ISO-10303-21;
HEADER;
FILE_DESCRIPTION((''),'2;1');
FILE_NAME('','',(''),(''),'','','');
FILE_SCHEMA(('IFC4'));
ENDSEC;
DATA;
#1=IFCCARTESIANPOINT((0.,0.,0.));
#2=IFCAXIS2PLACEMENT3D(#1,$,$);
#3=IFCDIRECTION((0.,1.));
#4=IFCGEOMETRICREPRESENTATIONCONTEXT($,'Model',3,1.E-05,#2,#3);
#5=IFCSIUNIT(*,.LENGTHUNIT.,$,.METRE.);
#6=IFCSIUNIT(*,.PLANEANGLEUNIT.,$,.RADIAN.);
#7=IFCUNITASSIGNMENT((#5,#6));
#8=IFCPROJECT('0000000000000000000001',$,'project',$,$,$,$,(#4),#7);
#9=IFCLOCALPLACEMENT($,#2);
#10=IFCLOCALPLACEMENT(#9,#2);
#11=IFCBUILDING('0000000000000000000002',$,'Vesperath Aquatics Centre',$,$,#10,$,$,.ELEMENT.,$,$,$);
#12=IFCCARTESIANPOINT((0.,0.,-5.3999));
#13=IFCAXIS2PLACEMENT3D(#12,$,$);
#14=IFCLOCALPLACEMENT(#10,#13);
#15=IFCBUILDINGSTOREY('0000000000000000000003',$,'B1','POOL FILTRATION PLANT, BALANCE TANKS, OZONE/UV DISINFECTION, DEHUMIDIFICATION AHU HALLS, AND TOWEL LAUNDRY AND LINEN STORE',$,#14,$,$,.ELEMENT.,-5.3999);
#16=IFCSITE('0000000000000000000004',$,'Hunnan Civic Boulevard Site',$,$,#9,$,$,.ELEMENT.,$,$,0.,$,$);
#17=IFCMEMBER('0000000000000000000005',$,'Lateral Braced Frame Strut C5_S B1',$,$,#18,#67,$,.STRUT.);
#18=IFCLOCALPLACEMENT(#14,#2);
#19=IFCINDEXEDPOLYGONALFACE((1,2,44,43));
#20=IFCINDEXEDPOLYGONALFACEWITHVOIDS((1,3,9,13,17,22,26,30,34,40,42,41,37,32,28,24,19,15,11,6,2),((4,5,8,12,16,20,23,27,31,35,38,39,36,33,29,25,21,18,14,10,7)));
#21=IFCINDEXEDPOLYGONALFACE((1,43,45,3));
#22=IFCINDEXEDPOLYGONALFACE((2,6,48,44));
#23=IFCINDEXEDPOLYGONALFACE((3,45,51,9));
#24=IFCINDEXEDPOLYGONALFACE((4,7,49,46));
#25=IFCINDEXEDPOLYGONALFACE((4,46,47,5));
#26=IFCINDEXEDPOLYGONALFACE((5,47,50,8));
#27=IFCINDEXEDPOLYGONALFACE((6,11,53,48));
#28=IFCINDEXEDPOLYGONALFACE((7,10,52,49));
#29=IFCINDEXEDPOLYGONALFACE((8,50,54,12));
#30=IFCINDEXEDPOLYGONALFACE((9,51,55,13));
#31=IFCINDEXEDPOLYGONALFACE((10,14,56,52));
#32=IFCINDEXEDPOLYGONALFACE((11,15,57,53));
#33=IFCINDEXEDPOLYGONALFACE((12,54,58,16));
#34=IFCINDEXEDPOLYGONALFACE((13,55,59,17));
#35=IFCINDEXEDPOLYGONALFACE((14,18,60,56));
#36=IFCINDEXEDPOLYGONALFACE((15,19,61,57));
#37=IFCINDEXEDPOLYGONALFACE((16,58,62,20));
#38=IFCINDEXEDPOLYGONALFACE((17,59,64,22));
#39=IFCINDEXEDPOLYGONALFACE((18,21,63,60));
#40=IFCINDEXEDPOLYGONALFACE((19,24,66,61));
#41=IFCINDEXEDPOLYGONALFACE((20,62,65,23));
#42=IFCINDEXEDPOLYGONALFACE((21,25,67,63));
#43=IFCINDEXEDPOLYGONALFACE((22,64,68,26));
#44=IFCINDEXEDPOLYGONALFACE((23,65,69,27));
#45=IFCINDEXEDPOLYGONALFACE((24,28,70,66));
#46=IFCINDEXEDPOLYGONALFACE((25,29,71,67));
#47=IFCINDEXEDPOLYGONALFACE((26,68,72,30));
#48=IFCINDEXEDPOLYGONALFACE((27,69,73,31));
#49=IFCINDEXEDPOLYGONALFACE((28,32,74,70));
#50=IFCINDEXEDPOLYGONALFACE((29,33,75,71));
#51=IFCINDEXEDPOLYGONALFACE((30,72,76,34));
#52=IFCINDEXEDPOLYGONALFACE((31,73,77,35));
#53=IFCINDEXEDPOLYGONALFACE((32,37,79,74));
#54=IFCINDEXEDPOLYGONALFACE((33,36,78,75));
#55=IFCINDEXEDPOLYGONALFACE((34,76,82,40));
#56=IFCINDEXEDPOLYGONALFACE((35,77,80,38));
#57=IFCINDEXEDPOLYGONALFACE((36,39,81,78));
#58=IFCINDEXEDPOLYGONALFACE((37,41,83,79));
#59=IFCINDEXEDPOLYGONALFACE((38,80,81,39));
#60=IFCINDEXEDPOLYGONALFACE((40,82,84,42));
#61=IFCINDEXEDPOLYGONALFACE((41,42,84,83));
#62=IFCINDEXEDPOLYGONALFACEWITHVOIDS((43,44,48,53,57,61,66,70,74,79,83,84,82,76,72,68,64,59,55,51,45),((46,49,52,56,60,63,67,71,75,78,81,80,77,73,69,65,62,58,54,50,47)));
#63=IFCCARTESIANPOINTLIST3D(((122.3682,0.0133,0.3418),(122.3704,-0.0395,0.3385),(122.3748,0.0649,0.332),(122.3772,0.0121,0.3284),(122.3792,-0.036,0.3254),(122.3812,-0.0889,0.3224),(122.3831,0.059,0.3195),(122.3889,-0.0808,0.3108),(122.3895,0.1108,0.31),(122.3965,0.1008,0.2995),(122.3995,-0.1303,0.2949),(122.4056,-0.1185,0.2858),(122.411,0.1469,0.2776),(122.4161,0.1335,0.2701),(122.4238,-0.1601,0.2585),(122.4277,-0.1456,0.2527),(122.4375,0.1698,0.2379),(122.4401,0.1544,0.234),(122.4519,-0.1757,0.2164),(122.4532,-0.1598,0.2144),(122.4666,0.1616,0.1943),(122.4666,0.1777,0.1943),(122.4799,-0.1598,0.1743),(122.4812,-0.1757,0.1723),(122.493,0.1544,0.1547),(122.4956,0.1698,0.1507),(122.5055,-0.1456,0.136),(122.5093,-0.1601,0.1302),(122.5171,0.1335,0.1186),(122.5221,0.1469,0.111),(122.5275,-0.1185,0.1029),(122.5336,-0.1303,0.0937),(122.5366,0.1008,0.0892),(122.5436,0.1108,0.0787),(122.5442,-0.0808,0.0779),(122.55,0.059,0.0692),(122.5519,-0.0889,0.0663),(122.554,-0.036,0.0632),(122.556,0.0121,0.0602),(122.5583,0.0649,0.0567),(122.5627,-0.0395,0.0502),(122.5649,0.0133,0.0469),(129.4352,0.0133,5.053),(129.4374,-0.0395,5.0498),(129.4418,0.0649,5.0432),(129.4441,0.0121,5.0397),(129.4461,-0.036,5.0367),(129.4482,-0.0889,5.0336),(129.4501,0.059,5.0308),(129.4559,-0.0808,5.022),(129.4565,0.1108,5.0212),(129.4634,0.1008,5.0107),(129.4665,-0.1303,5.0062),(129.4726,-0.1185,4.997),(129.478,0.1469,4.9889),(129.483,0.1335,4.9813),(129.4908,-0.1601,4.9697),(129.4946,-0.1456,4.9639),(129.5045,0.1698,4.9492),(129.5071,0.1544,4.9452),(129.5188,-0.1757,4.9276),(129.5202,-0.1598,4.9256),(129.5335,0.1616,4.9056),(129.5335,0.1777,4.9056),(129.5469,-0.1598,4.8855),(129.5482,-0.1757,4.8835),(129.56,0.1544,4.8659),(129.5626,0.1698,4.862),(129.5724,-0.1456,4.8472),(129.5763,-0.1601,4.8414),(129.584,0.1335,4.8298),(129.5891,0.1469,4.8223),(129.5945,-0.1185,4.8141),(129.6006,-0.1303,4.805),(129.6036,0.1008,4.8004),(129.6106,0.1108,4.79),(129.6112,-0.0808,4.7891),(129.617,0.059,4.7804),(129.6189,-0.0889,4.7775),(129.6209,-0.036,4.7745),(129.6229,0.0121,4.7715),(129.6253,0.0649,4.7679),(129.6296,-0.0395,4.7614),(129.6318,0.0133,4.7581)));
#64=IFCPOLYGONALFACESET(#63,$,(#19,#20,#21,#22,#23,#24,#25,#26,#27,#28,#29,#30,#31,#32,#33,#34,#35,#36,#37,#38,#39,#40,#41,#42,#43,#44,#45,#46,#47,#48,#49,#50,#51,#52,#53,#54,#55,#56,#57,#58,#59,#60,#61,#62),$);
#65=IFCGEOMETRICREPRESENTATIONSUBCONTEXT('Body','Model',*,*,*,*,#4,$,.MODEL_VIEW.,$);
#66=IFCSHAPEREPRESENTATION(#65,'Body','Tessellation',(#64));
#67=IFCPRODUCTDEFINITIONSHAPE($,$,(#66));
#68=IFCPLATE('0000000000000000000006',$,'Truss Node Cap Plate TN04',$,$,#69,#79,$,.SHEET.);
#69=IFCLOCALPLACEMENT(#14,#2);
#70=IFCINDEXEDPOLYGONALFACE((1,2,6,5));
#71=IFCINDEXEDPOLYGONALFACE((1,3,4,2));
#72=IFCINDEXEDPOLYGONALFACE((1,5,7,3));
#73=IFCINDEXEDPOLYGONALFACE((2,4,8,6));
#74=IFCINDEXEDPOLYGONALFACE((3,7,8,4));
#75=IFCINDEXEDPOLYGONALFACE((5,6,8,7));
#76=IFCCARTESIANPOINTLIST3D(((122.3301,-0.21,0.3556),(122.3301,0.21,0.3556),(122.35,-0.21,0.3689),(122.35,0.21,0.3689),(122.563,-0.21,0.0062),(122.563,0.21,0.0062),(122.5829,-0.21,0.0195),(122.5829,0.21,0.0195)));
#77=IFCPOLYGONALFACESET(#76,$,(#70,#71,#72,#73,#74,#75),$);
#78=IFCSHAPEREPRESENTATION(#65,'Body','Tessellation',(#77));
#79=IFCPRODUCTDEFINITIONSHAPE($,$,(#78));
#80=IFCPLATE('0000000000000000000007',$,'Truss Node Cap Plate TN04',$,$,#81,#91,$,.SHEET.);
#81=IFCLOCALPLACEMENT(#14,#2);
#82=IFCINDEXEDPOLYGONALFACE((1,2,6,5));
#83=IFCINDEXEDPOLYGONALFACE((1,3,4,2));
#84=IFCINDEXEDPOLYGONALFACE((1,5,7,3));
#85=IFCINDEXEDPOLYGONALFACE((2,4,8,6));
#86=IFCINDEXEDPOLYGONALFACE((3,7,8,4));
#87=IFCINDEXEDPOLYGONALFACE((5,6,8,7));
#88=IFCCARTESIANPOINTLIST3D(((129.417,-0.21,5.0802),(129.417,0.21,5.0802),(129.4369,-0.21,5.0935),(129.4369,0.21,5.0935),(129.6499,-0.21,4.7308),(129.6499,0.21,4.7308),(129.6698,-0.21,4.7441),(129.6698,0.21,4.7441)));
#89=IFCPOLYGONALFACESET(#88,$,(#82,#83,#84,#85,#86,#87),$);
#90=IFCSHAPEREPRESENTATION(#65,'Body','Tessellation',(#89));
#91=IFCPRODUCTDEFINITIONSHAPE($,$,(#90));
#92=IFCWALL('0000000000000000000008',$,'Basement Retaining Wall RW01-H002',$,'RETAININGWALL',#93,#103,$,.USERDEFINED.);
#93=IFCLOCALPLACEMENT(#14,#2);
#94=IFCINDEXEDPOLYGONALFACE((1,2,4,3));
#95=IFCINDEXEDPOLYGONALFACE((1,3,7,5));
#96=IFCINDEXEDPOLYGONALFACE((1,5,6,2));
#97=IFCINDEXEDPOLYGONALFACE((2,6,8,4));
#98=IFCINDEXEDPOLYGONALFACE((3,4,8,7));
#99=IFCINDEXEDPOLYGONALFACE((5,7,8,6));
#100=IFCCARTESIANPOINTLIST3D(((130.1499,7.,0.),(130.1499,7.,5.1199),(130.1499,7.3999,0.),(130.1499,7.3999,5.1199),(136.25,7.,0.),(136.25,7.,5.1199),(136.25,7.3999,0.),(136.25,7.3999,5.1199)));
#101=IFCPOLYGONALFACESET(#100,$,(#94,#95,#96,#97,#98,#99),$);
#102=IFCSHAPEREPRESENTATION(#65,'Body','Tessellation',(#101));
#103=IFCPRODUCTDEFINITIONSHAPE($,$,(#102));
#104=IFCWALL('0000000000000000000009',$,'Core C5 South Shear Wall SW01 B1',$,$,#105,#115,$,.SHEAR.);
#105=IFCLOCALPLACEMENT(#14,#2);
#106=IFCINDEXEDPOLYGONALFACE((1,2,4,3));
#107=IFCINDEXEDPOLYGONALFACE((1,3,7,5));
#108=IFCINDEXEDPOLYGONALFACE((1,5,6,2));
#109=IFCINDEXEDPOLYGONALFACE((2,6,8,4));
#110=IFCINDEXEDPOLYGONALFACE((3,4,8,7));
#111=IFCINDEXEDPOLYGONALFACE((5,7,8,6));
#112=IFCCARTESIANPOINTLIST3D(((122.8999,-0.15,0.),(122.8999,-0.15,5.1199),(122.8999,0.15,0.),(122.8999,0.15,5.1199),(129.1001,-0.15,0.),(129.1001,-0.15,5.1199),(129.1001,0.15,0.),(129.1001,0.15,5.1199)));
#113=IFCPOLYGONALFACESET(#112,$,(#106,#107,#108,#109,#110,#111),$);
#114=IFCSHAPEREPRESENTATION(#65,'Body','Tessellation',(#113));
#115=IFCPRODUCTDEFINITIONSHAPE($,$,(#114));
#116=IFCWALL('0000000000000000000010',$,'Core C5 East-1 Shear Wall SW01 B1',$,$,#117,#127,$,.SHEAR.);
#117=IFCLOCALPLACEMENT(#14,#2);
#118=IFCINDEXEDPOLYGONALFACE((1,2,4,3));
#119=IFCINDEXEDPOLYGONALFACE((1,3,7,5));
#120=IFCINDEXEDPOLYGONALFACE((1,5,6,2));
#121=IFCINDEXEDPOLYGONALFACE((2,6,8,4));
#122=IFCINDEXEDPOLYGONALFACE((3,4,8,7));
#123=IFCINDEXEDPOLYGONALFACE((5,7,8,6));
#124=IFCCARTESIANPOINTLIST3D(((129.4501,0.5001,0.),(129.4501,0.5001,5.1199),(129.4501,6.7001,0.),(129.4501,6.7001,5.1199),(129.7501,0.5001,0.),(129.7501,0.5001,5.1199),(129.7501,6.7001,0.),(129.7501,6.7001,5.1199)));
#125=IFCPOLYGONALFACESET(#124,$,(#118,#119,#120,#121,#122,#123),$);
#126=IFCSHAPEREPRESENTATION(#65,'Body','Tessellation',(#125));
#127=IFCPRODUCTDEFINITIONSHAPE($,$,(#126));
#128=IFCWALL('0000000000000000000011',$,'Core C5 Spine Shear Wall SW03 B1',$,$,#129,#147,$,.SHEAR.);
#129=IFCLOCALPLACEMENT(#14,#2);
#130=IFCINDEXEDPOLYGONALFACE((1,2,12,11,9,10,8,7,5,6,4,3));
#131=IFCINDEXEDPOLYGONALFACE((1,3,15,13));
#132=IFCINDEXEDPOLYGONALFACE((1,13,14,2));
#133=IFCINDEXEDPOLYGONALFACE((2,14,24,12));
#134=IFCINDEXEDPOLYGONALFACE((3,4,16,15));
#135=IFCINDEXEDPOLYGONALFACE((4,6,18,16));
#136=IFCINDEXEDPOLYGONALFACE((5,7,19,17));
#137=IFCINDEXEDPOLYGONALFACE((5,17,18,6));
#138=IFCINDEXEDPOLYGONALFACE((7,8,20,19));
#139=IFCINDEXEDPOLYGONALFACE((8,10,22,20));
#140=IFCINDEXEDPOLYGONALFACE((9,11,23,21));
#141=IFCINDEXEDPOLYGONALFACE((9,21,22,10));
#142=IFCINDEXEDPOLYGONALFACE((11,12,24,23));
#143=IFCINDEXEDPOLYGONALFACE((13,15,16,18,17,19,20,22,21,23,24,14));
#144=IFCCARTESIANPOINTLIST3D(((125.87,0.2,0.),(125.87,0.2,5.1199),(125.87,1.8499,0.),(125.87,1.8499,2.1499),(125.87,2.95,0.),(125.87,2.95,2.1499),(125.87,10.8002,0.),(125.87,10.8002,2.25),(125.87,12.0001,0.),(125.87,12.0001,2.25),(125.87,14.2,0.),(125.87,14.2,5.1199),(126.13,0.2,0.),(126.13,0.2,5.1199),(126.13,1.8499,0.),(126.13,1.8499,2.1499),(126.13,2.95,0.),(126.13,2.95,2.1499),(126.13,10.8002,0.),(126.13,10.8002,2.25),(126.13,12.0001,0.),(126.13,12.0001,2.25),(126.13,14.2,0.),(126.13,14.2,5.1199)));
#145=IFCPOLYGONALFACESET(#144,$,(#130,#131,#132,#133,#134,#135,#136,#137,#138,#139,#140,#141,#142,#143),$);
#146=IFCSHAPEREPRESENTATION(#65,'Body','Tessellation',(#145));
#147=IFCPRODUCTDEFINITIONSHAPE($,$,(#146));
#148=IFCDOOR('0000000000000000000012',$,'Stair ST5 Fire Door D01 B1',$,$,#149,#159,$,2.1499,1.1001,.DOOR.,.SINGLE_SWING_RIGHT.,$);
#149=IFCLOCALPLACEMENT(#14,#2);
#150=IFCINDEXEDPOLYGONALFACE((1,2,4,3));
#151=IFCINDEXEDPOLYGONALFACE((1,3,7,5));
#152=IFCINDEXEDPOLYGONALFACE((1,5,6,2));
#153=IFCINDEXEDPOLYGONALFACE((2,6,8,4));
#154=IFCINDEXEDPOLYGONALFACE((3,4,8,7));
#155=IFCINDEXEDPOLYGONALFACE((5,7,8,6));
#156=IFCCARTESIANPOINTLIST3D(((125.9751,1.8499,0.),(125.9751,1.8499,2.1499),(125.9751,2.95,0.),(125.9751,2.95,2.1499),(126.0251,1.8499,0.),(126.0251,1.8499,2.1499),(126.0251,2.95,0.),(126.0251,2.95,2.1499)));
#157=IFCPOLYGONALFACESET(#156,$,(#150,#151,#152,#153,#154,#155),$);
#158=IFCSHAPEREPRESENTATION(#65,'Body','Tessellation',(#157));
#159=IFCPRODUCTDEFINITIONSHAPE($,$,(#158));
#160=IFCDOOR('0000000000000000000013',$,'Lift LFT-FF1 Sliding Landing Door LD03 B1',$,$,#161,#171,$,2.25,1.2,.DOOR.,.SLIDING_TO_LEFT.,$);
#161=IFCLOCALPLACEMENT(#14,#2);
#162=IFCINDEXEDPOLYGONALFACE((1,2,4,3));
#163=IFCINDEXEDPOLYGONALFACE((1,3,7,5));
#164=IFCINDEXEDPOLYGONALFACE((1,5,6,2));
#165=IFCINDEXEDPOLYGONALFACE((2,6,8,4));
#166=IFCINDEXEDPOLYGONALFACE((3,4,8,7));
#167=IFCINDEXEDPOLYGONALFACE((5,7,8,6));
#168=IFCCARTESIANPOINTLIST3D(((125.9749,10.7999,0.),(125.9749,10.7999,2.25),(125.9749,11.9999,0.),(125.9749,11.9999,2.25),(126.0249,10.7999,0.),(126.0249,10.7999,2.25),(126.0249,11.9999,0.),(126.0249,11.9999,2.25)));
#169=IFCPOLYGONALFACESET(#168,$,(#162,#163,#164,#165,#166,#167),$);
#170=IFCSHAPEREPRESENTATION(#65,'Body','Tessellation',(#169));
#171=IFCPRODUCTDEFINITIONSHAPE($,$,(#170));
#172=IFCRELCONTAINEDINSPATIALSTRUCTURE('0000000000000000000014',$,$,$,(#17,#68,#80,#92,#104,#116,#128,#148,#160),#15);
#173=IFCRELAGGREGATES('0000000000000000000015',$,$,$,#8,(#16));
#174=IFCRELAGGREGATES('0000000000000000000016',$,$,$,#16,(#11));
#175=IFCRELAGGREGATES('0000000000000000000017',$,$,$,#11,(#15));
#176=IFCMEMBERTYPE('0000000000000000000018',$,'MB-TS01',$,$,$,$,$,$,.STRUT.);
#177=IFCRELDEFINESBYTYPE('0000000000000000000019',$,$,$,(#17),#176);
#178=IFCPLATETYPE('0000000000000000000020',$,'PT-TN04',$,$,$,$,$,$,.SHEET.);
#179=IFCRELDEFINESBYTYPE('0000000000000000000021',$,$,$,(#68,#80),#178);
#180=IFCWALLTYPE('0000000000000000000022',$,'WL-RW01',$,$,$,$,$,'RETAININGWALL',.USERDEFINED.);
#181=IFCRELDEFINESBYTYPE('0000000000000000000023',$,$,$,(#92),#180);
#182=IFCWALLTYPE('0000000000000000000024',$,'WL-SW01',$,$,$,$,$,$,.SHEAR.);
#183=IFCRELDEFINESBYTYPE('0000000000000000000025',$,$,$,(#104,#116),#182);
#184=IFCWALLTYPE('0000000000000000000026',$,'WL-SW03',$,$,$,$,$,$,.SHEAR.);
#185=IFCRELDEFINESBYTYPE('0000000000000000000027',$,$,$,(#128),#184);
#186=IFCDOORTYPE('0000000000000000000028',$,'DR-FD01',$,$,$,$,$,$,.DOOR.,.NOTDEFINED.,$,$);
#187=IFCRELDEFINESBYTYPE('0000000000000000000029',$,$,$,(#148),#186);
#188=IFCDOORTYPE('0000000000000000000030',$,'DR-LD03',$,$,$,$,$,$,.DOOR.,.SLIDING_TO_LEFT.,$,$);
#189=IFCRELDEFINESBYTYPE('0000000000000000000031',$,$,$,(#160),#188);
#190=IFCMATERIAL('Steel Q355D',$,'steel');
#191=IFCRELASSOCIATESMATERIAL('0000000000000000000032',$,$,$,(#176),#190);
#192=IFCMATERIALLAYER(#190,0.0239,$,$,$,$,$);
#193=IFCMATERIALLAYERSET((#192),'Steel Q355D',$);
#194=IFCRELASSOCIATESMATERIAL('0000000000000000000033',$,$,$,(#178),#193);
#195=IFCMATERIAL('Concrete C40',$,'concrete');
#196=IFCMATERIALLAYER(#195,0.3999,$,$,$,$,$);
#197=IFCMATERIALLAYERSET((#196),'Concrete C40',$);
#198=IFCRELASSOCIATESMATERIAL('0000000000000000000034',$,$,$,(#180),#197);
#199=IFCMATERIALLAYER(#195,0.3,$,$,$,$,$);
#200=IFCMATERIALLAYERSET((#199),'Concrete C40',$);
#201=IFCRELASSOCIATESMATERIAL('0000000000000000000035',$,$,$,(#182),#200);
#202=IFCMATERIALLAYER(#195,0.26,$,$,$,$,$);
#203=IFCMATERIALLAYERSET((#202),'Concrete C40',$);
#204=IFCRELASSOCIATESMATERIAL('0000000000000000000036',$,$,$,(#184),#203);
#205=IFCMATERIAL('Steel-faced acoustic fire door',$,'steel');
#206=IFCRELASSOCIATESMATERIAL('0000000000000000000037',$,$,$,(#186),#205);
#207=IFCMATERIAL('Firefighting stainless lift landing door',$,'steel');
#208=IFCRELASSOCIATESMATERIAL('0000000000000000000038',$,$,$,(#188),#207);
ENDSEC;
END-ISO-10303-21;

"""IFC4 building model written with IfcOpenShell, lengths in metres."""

from ifc_helpers import new_model, si_unit, direction, frame, frame_2d, origin, origin_2d, place, context, subcontext, project, spatial, rectangle, hollow_circle, extrude, material, layer, layer_set, material_profile, profile_set, type_object, element, fill, save


model = new_model("IFC4")

# Units and contexts
model_context = context("Model", 3, precision=1e-05, world=origin(), true_north=direction((0.0, 1.0)))
body_context = subcontext(model_context, "Body", "Model", "MODEL_VIEW")
ifc_project = project(units=[si_unit("LENGTHUNIT", "METRE"), si_unit("PLANEANGLEUNIT", "RADIAN")], contexts=[model_context])

# Site, building, storey
site_placement = place(None, origin())
site = spatial("IfcSite", under=ifc_project, at=site_placement, Name="Hunnan Civic Boulevard Site", CompositionType="ELEMENT", RefElevation=0.0)
building_placement = place(site_placement, origin())
building = spatial("IfcBuilding", under=site, at=building_placement, Name="Vesperath Aquatics Centre", CompositionType="ELEMENT")
storey_placement = place(building_placement, frame((0.0, 0.0, -5.3999)))
storey = spatial("IfcBuildingStorey", under=building, at=storey_placement, Name="B1", Description="POOL FILTRATION PLANT, BALANCE TANKS, OZONE/UV DISINFECTION, DEHUMIDIFICATION AHU HALLS, AND TOWEL LAUNDRY AND LINEN STORE", CompositionType="ELEMENT", Elevation=-5.3999)

# Shared definitions
ifc_material_1 = material(Name="Concrete C40", Category="concrete")

# Member
ifc_material_2 = material(Name="Steel Q355D", Category="steel")
ifc_material_profile_1 = material_profile(ifc_material_2, hollow_circle(Radius=0.1777, WallThickness=0.0161, at=origin_2d()), Name="CHS 355.6x16")
ifc_profile_set_1 = profile_set([ifc_material_profile_1], Name="Steel Q355D")
member_type = type_object("IfcMemberType", Name="MB-TS01", PredefinedType="STRUT", material=ifc_profile_set_1)
member_placement = place(storey_placement, frame((122.4666, 0.0, 0.1943), z_axis=(0.832055, 0.0, 0.554694), x_axis=(0.0, 1.0, 0.0)))
element("IfcMember", 1, at=member_placement, inside=storey, type_object=member_type, Name="Lateral Braced Frame Strut C5_S B1", PredefinedType="STRUT", context=body_context, shape_type="SweptSolid", body=[
    extrude(hollow_circle(Radius=0.1777, WallThickness=0.0161, at=origin_2d()), origin(), (0.0, 0.0, 1.0), 8.4934),
])

# Plates
ifc_layer_1 = layer(ifc_material_2, 0.0239)
ifc_layer_set_1 = layer_set([ifc_layer_1], Name="Steel Q355D")
plate_type = type_object("IfcPlateType", Name="PT-TN04", PredefinedType="SHEET", material=ifc_layer_set_1)
for number, where, z_axis, x_axis, name in (
    (2, (122.4465, 0.0, 0.1809), (0.83205, 0.0, 0.5547), (0.0, 1.0, 0.0), "Truss Node Cap Plate TN04"),
    (3, (129.5334, 0.0, 4.9055), (0.83205, 0.0, 0.5547), (0.0, 1.0, 0.0), "Truss Node Cap Plate TN04"),
):
    element("IfcPlate", number, at=place(storey_placement, frame(where, z_axis=z_axis, x_axis=x_axis)), inside=storey, type_object=plate_type, Name=name, PredefinedType="SHEET", context=body_context, shape_type="SweptSolid", body=[
        extrude(rectangle(XDim=0.4199, YDim=0.4199, at=origin_2d()), origin(), (0.0, 0.0, 1.0), 0.0239),
    ])

# Walls
ifc_layer_2 = layer(ifc_material_1, 0.3999)
ifc_layer_set_2 = layer_set([ifc_layer_2], Name="Concrete C40")
wall_type_1 = type_object("IfcWallType", Name="WL-RW01", ElementType="RETAININGWALL", PredefinedType="USERDEFINED", material=ifc_layer_set_2)
wall_1_placement = place(storey_placement, frame((130.1499, 7.2, 0.0), z_axis=(0.0, 0.0, 1.0), x_axis=(1.0, 0.0, 0.0)))
element("IfcWall", 4, at=wall_1_placement, inside=storey, type_object=wall_type_1, Name="Basement Retaining Wall RW01-H002", ObjectType="RETAININGWALL", PredefinedType="USERDEFINED", context=body_context, shape_type="SweptSolid", body=[
    extrude(rectangle(XDim=6.1001, YDim=0.3999, at=frame_2d((3.05, 0.0))), origin(), (0.0, 0.0, 1.0), 5.1199),
])
ifc_layer_3 = layer(ifc_material_1, 0.3)
ifc_layer_set_3 = layer_set([ifc_layer_3], Name="Concrete C40")
wall_type_2 = type_object("IfcWallType", Name="WL-SW01", PredefinedType="SHEAR", material=ifc_layer_set_3)
wall_2_placement = place(storey_placement, frame((122.8999, 0.0, 0.0), z_axis=(0.0, 0.0, 1.0), x_axis=(1.0, 0.0, 0.0)))
element("IfcWall", 5, at=wall_2_placement, inside=storey, type_object=wall_type_2, Name="Core C5 South Shear Wall SW01 B1", PredefinedType="SHEAR", context=body_context, shape_type="SweptSolid", body=[
    extrude(rectangle(XDim=6.2002, YDim=0.3, at=frame_2d((3.1001, 0.0))), origin(), (0.0, 0.0, 1.0), 5.1199),
])
wall_3_placement = place(storey_placement, frame((129.6001, 0.5, 0.0), z_axis=(0.0, 0.0, 1.0), x_axis=(0.0, 1.0, 0.0)))
element("IfcWall", 6, at=wall_3_placement, inside=storey, type_object=wall_type_2, Name="Core C5 East-1 Shear Wall SW01 B1", PredefinedType="SHEAR", context=body_context, shape_type="SweptSolid", body=[
    extrude(rectangle(XDim=6.2, YDim=0.3, at=frame_2d((3.1001, 0.0))), origin(), (0.0, 0.0, 1.0), 5.1199),
])

# Wall, openings, doors
ifc_layer_4 = layer(ifc_material_1, 0.26)
ifc_layer_set_4 = layer_set([ifc_layer_4], Name="Concrete C40")
wall_type_3 = type_object("IfcWallType", Name="WL-SW03", PredefinedType="SHEAR", material=ifc_layer_set_4)
wall_4_placement = place(storey_placement, frame((126.0, 0.2, 0.0), z_axis=(0.0, 0.0, 1.0), x_axis=(0.0, 1.0, 0.0)))
wall_4 = element("IfcWall", 7, at=wall_4_placement, inside=storey, type_object=wall_type_3, Name="Core C5 Spine Shear Wall SW03 B1", PredefinedType="SHEAR", context=body_context, shape_type="SweptSolid", body=[
    extrude(rectangle(XDim=14.0, YDim=0.26, at=frame_2d((7.0, 0.0))), origin(), (0.0, 0.0, 1.0), 5.1199),
])
opening_1_placement = place(wall_4_placement, frame((1.6499, 0.0, 0.0)))
opening_1 = element("IfcOpeningElement", 8, at=opening_1_placement, cuts=wall_4, PredefinedType="OPENING", context=body_context, shape_type="SweptSolid", body=[
    extrude(rectangle(XDim=1.1001, YDim=2.1499, at=frame_2d((0.55, 1.075))), frame((0.0, 0.145, 0.0), z_axis=(0.0, -1.0, 0.0), x_axis=(1.0, 0.0, 0.0)), (0.0, 0.0, 1.0), 0.2898),
])
opening_2_placement = place(wall_4_placement, frame((10.6001, 0.0, 0.0)))
opening_2 = element("IfcOpeningElement", 9, at=opening_2_placement, cuts=wall_4, PredefinedType="OPENING", context=body_context, shape_type="SweptSolid", body=[
    extrude(rectangle(XDim=1.2, YDim=2.25, at=frame_2d((0.6001, 1.125))), frame((0.0, 0.145, 0.0), z_axis=(0.0, -1.0, 0.0), x_axis=(1.0, 0.0, 0.0)), (0.0, 0.0, 1.0), 0.2898),
])
ifc_material_3 = material(Name="Steel-faced acoustic fire door", Category="steel")
door_type_1 = type_object("IfcDoorType", Name="DR-FD01", OperationType="NOTDEFINED", PredefinedType="DOOR", material=ifc_material_3)
door_1_placement = place(opening_1_placement, origin())
door_1 = element("IfcDoor", 10, at=door_1_placement, inside=storey, type_object=door_type_1, Name="Stair ST5 Fire Door D01 B1", OperationType="SINGLE_SWING_RIGHT", OverallHeight=2.1499, OverallWidth=1.1001, PredefinedType="DOOR", context=body_context, shape_type="SweptSolid", body=[
    extrude(rectangle(XDim=1.1001, YDim=2.1499, at=frame_2d((0.55, 1.075))), frame((0.0, 0.0249, 0.0), z_axis=(0.0, -1.0, 0.0), x_axis=(1.0, 0.0, 0.0)), (0.0, 0.0, 1.0), 0.05),
])
fill(opening_1, door_1)
ifc_material_4 = material(Name="Firefighting stainless lift landing door", Category="steel")
door_type_2 = type_object("IfcDoorType", Name="DR-LD03", OperationType="SLIDING_TO_LEFT", PredefinedType="DOOR", material=ifc_material_4)
door_2_placement = place(opening_2_placement, frame((1.2, 0.0, 0.0), z_axis=(0.0, 0.0, 1.0), x_axis=(-1.0, 0.0, 0.0)))
door_2 = element("IfcDoor", 11, at=door_2_placement, inside=storey, type_object=door_type_2, Name="Lift LFT-FF1 Sliding Landing Door LD03 B1", OperationType="SLIDING_TO_LEFT", OverallHeight=2.25, OverallWidth=1.2, PredefinedType="DOOR", context=body_context, shape_type="SweptSolid", body=[
    extrude(rectangle(XDim=1.2, YDim=2.25, at=frame_2d((0.6001, 1.125))), frame((0.0, 0.0249, 0.0), z_axis=(0.0, -1.0, 0.0), x_axis=(1.0, 0.0, 0.0)), (0.0, 0.0, 1.0), 0.05),
])
fill(opening_2, door_2)

save(model, "model.ifc")
